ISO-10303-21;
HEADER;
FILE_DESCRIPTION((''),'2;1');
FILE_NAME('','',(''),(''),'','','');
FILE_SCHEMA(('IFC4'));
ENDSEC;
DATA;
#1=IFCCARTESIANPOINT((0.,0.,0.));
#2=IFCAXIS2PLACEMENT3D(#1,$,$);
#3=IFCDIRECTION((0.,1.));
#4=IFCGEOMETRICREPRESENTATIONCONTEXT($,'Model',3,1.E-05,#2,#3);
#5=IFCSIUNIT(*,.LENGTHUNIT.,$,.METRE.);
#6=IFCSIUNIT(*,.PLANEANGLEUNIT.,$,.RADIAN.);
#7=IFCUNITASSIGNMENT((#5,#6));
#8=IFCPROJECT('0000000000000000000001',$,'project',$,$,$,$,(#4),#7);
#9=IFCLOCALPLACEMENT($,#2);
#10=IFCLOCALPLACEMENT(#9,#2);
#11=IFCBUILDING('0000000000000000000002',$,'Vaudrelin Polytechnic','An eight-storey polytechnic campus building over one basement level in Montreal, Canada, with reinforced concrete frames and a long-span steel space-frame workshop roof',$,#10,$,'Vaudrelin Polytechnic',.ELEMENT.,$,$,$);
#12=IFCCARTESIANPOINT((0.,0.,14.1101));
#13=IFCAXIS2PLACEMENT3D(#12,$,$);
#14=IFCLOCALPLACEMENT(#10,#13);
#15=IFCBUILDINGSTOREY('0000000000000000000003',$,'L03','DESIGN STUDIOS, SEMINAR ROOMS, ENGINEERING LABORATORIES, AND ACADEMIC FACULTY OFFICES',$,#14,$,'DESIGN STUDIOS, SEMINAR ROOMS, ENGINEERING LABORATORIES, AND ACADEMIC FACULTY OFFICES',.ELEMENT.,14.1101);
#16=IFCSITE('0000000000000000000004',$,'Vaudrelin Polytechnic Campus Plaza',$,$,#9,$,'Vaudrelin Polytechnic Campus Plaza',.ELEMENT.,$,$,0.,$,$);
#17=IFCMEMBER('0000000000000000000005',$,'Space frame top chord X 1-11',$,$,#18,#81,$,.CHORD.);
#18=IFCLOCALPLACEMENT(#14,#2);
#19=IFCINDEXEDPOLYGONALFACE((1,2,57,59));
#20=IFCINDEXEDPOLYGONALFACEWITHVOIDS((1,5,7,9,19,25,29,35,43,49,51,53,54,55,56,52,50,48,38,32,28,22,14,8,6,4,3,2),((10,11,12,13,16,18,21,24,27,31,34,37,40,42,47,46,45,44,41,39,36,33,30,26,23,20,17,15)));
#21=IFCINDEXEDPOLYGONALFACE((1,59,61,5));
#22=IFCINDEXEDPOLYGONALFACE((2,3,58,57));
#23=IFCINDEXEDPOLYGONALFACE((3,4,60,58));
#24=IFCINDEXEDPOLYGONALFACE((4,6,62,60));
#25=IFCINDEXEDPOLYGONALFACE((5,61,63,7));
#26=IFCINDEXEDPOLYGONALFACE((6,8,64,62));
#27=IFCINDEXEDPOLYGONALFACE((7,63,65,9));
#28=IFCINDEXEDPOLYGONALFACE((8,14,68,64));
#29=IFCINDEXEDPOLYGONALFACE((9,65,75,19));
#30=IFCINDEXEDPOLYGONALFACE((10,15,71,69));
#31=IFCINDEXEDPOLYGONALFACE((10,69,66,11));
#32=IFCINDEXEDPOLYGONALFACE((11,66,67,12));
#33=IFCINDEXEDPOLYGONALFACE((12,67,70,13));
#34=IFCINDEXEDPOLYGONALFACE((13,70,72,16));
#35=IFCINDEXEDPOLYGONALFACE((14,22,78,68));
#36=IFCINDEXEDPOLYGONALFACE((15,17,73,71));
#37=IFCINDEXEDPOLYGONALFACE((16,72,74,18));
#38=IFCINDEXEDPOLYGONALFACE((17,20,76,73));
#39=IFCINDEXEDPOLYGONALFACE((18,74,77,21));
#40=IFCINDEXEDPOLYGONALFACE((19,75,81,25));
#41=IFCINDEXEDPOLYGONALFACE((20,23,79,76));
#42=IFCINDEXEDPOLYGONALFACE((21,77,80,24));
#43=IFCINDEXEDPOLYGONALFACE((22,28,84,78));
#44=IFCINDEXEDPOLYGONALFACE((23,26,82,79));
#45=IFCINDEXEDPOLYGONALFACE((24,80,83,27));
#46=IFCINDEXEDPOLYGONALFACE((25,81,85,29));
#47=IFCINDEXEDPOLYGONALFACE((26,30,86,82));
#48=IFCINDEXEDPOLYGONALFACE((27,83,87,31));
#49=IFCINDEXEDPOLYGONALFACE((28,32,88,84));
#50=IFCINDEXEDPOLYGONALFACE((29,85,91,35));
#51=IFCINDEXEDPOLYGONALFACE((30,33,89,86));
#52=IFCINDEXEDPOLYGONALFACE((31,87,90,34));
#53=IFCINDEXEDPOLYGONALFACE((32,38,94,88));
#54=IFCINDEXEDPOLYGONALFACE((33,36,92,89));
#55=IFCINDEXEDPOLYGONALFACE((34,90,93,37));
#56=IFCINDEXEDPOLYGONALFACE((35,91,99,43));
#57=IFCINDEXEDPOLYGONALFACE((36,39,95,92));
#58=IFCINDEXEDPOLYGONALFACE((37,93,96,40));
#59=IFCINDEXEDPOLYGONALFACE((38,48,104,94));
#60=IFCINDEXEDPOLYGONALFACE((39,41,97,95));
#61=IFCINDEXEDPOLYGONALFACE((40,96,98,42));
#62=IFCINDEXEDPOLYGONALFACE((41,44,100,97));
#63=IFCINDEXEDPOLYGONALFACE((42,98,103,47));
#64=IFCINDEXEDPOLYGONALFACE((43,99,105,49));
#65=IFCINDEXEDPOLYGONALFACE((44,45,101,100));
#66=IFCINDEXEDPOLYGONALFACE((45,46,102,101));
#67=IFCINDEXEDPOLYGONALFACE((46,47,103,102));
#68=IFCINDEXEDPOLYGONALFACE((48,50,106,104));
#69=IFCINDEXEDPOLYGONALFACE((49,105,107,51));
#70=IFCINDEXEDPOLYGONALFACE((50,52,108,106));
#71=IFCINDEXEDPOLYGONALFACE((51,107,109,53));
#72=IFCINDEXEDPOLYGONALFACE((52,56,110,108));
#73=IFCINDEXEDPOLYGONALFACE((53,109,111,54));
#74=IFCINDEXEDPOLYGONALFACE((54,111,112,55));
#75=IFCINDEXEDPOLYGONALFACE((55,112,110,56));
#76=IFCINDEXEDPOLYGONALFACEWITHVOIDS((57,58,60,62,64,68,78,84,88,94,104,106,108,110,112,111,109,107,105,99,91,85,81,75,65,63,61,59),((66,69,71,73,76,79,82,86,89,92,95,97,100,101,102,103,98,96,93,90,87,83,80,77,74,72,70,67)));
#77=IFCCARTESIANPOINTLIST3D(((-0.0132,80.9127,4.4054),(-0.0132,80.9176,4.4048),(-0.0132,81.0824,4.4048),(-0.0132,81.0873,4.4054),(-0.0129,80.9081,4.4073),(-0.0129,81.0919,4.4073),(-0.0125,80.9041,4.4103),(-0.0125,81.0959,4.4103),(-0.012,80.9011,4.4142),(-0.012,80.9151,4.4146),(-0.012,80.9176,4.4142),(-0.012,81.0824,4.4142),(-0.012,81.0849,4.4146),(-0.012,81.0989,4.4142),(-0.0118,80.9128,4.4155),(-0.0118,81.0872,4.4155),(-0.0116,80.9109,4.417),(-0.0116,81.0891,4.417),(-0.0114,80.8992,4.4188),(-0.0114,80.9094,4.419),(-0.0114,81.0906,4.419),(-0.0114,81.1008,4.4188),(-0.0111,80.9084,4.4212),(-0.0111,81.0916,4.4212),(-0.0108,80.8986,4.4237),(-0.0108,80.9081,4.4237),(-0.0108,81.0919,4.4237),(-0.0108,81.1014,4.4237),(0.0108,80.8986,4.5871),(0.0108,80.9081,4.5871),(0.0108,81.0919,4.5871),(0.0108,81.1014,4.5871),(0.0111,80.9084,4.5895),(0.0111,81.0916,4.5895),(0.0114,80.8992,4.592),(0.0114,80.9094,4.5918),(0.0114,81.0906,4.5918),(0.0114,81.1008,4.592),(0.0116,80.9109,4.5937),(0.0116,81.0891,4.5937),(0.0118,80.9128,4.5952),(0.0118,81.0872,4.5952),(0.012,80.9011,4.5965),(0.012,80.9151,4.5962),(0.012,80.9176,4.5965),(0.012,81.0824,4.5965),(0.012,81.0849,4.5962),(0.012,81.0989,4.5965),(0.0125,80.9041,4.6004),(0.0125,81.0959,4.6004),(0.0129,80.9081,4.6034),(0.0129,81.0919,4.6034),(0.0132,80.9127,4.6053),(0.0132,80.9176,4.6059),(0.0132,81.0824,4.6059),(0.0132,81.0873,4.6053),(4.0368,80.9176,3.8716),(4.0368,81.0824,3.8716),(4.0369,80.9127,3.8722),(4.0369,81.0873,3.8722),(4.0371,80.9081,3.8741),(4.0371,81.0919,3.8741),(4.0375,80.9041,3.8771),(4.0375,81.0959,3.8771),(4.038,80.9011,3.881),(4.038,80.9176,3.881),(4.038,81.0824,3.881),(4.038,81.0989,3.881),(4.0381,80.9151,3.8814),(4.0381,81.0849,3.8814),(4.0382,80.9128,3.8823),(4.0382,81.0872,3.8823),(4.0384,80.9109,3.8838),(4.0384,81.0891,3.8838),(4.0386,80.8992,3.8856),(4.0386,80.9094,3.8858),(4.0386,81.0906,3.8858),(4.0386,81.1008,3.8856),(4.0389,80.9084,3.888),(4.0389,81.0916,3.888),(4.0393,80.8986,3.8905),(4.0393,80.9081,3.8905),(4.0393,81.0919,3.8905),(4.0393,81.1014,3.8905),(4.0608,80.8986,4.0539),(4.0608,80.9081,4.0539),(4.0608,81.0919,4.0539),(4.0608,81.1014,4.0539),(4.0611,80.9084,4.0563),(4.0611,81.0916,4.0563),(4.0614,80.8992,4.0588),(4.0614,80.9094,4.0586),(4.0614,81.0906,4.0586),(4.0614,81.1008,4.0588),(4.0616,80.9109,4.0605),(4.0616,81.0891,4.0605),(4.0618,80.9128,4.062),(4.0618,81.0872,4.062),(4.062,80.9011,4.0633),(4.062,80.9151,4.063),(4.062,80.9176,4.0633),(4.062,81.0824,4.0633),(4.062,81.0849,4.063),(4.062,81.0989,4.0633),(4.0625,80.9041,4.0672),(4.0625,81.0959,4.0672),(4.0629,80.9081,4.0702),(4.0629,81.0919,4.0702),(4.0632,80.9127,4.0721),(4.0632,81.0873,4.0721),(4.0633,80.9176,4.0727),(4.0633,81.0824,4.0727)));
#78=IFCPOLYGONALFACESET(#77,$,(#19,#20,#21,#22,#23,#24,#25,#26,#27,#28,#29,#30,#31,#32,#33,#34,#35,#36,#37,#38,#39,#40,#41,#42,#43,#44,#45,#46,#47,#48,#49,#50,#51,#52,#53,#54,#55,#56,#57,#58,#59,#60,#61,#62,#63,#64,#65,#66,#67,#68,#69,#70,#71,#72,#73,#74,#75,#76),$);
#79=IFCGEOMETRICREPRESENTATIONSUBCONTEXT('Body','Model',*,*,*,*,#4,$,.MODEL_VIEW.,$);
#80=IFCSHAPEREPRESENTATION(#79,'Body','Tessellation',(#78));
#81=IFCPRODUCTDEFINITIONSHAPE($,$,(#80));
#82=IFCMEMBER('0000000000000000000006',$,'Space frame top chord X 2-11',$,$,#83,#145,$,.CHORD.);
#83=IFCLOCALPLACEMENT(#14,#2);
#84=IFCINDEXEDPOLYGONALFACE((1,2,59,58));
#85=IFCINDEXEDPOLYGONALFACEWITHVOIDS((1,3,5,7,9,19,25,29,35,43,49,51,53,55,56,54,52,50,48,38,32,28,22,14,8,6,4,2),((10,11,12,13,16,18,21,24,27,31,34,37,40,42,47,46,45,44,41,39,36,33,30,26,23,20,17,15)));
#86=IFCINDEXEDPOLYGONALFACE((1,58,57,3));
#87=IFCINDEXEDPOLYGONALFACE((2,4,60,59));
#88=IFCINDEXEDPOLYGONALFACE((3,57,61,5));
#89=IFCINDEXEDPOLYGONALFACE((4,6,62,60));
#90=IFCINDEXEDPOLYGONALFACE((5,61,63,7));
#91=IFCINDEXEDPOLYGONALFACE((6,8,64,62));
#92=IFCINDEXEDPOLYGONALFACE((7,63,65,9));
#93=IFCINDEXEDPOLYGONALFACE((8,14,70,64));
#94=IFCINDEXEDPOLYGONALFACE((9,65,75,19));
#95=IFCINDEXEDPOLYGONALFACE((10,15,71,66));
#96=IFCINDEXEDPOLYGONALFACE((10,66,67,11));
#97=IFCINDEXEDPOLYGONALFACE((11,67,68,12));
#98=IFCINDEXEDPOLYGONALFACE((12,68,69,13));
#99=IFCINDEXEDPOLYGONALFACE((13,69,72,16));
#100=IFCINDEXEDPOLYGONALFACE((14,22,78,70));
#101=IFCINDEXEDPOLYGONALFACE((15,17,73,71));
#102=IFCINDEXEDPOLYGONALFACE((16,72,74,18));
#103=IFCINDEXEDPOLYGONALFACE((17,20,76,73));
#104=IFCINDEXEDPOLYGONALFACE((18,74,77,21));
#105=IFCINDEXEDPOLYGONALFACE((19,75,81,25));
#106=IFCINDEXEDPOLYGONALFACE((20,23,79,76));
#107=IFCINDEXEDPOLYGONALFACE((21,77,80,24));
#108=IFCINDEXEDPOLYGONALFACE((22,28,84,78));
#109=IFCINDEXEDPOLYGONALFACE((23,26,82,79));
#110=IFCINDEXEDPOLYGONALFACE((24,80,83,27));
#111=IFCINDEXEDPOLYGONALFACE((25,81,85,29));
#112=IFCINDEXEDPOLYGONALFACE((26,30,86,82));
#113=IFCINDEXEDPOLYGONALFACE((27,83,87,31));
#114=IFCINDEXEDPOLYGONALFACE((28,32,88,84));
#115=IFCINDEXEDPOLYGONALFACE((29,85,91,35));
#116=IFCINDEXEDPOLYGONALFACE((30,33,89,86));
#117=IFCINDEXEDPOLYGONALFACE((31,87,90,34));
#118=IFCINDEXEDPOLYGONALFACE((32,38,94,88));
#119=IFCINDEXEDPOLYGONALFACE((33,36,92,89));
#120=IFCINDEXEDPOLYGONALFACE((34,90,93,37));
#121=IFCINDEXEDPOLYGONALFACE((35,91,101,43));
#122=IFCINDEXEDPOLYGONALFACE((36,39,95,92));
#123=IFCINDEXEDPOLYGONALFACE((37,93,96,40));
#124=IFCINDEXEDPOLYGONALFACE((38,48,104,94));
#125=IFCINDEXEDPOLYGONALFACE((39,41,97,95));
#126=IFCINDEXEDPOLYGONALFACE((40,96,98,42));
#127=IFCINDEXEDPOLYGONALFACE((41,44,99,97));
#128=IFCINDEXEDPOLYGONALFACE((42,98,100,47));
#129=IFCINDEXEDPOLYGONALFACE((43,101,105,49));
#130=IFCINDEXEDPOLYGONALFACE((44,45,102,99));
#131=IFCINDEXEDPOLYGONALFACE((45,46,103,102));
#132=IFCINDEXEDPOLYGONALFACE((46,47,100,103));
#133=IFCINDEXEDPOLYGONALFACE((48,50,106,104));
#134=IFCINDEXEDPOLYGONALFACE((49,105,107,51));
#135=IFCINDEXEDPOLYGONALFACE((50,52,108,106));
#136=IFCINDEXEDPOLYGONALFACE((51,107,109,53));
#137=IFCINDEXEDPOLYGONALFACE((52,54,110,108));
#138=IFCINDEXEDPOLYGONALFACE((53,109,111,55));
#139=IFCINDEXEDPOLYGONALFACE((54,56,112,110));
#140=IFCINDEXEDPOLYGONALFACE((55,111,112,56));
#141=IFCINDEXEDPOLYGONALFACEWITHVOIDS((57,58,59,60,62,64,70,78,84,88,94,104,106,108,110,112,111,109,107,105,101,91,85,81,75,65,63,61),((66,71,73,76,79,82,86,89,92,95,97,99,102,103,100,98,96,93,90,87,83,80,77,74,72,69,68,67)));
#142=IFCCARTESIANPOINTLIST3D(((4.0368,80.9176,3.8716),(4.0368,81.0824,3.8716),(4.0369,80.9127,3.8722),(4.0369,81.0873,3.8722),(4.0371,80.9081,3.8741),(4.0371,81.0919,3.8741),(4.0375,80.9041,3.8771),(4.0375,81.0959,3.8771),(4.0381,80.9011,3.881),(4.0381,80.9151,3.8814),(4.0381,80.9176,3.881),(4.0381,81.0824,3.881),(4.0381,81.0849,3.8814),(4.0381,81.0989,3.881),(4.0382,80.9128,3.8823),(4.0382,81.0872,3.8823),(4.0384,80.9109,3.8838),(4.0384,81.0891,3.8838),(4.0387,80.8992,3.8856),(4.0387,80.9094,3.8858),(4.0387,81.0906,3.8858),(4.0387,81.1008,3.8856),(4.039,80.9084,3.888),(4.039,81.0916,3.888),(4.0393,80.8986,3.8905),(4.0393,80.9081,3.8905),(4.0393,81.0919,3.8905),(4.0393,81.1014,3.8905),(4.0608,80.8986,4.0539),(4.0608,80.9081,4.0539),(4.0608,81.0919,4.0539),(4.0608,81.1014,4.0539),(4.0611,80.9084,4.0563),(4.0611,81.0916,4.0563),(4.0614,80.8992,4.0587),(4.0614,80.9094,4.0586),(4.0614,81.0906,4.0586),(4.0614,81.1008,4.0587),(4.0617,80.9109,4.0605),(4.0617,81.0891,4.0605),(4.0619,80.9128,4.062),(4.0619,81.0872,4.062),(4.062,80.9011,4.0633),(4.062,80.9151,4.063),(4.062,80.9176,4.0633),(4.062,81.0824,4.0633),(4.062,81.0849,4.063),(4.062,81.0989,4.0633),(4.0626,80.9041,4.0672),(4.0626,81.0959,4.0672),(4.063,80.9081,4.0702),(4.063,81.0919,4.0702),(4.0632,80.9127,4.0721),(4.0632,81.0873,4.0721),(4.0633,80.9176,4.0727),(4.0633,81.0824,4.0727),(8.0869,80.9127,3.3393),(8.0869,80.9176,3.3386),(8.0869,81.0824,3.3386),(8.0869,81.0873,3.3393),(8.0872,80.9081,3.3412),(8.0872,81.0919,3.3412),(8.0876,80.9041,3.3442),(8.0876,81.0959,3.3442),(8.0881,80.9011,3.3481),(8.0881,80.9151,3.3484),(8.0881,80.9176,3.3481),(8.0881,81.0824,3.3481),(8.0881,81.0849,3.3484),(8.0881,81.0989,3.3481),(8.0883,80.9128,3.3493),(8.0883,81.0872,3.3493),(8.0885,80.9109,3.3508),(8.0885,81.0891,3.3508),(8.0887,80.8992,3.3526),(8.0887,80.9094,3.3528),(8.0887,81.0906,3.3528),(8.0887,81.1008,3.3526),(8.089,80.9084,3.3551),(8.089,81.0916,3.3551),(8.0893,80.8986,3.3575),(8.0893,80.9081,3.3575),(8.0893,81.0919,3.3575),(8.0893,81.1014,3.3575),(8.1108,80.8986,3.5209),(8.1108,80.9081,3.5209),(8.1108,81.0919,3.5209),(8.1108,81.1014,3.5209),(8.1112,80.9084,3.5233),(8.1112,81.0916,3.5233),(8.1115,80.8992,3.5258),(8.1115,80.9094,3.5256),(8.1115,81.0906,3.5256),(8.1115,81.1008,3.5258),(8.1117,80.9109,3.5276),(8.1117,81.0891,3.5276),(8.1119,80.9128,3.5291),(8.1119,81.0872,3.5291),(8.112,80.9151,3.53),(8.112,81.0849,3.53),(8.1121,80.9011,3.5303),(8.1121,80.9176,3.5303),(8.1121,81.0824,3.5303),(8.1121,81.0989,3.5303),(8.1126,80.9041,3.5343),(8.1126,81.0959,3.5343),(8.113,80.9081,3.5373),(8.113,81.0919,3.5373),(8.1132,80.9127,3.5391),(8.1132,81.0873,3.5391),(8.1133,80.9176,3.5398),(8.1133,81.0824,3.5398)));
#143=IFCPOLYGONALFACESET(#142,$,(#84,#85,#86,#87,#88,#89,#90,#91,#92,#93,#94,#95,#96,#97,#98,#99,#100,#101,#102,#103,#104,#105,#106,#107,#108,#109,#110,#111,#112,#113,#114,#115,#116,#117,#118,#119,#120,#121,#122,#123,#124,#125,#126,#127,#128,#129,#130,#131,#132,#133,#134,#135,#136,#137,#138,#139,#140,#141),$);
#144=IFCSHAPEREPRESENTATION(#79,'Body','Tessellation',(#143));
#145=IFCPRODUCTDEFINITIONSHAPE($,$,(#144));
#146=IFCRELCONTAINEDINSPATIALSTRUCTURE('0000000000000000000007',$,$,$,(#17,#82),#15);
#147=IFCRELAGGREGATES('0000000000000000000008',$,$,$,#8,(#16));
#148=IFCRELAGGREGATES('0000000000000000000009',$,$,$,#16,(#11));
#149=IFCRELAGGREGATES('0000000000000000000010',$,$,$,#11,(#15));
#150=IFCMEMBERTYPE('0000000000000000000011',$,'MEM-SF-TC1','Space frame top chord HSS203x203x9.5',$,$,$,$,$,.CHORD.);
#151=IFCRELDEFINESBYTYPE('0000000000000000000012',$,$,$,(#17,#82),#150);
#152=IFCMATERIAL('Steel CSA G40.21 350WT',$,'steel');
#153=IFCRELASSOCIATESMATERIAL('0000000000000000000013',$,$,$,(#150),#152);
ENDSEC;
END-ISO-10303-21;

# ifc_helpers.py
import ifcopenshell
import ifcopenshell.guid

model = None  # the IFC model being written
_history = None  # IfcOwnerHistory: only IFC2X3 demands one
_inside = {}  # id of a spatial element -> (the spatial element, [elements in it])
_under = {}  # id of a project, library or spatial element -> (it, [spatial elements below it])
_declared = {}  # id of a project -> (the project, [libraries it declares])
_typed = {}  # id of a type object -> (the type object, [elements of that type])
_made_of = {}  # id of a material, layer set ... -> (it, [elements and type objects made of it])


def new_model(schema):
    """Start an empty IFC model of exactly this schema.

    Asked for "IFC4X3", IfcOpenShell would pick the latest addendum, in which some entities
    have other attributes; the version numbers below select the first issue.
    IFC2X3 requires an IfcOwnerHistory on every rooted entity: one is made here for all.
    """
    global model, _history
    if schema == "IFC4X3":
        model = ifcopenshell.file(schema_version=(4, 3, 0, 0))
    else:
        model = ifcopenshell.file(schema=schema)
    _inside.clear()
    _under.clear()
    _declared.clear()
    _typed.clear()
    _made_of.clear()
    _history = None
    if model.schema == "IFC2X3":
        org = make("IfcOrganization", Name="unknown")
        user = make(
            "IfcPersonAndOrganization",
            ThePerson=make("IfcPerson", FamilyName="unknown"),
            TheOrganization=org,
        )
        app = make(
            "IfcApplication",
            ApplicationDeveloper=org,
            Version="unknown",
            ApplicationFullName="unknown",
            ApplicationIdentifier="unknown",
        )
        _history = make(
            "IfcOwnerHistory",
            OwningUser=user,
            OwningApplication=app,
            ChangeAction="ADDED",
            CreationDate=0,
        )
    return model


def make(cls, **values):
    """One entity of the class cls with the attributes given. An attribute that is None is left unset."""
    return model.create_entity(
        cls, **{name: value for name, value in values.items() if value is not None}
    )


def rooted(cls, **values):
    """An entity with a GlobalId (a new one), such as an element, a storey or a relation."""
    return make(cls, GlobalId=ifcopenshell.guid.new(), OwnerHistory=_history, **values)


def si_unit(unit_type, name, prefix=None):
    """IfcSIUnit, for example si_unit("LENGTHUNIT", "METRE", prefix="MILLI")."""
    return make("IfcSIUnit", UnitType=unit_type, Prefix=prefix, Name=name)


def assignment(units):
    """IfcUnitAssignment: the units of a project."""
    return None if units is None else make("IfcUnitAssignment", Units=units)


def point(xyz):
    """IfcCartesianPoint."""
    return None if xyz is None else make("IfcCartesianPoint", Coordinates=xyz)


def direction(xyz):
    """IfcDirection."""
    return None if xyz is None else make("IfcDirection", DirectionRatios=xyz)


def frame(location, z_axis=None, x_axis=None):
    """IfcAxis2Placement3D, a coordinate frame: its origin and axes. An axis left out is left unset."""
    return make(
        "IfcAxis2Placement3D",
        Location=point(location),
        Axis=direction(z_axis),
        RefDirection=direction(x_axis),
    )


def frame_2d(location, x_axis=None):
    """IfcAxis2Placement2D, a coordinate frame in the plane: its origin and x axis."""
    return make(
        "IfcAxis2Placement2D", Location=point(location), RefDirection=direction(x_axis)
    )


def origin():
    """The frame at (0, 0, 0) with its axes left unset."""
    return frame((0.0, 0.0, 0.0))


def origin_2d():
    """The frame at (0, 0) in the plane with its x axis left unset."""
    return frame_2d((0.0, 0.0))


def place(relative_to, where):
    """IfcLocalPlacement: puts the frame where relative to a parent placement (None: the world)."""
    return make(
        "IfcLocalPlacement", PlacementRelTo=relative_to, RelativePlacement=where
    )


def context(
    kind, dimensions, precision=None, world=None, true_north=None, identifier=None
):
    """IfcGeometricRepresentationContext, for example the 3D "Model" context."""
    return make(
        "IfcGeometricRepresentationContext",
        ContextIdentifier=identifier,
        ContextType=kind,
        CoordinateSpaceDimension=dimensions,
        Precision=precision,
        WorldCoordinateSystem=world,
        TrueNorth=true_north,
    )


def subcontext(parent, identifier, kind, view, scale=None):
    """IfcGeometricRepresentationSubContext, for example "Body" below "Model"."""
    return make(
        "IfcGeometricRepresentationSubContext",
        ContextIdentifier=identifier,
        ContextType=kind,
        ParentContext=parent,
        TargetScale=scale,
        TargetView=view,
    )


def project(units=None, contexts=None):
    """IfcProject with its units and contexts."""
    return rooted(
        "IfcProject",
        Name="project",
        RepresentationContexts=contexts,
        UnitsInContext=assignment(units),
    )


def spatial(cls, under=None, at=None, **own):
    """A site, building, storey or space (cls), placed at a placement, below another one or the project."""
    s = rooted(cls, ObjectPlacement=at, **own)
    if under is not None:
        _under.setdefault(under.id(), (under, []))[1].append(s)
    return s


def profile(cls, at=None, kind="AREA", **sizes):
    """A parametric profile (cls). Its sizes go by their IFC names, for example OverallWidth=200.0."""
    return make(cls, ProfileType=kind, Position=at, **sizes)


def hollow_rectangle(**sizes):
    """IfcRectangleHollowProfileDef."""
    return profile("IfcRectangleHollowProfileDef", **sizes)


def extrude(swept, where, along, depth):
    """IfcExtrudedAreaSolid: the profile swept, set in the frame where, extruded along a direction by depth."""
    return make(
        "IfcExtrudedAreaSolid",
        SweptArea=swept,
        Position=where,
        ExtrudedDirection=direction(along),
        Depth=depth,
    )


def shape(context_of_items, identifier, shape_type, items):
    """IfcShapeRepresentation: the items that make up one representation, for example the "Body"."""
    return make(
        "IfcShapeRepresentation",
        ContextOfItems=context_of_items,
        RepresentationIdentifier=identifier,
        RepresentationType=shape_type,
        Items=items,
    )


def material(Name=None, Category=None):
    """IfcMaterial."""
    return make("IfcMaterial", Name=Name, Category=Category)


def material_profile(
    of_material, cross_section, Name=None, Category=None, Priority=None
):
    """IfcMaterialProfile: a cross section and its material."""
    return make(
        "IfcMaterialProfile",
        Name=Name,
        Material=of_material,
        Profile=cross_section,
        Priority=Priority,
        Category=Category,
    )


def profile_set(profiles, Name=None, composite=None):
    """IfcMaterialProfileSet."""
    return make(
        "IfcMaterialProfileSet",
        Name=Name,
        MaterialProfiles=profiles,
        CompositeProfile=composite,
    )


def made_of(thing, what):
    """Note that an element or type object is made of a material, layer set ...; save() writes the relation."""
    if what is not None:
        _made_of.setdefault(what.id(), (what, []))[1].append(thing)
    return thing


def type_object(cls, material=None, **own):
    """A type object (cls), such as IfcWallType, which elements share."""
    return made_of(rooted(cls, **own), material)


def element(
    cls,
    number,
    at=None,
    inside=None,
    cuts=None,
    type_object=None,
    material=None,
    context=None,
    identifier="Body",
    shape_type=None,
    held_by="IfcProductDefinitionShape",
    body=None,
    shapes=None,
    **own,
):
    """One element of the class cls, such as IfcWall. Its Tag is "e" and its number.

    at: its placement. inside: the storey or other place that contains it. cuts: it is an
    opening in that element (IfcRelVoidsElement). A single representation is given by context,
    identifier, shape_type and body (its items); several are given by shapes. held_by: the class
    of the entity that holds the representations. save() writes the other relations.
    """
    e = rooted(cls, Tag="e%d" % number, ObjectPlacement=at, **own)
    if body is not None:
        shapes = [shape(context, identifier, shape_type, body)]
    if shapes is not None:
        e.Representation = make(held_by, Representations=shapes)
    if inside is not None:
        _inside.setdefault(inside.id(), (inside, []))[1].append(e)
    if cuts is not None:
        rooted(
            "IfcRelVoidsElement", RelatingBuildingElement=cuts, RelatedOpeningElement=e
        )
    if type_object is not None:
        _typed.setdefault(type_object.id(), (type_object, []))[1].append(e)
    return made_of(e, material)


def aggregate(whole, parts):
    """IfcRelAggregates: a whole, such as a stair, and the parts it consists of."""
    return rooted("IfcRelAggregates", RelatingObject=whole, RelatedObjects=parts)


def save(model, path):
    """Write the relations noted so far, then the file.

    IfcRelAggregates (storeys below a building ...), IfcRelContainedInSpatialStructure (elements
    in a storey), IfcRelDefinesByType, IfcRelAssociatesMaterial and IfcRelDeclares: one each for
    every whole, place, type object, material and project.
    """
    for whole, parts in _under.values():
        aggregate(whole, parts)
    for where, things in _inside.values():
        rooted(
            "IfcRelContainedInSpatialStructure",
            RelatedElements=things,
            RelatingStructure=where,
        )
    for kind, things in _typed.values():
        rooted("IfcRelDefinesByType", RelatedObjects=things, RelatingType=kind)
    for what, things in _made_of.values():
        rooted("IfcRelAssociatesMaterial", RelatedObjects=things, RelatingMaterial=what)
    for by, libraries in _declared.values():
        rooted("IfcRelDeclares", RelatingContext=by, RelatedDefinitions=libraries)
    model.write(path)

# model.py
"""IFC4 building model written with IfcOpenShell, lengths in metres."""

from ifc_helpers import new_model, si_unit, direction, frame, origin, origin_2d, place, context, subcontext, project, spatial, hollow_rectangle, extrude, material, material_profile, profile_set, type_object, element, save


model = new_model("IFC4")

# Units and contexts
model_context = context("Model", 3, precision=1e-05, world=origin(), true_north=direction((0.0, 1.0)))
body_context = subcontext(model_context, "Body", "Model", "MODEL_VIEW")
ifc_project = project(units=[si_unit("LENGTHUNIT", "METRE"), si_unit("PLANEANGLEUNIT", "RADIAN")], contexts=[model_context])

# Site, building, storey
site_placement = place(None, origin())
site = spatial("IfcSite", under=ifc_project, at=site_placement, Name="Vaudrelin Polytechnic Campus Plaza", LongName="Vaudrelin Polytechnic Campus Plaza", CompositionType="ELEMENT", RefElevation=0.0)
building_placement = place(site_placement, origin())
building = spatial("IfcBuilding", under=site, at=building_placement, Name="Vaudrelin Polytechnic", Description="An eight-storey polytechnic campus building over one basement level in Montreal, Canada, with reinforced concrete frames and a long-span steel space-frame workshop roof", LongName="Vaudrelin Polytechnic", CompositionType="ELEMENT")
storey_placement = place(building_placement, frame((0.0, 0.0, 14.1101)))
storey = spatial("IfcBuildingStorey", under=building, at=storey_placement, Name="L03", Description="DESIGN STUDIOS, SEMINAR ROOMS, ENGINEERING LABORATORIES, AND ACADEMIC FACULTY OFFICES", LongName="DESIGN STUDIOS, SEMINAR ROOMS, ENGINEERING LABORATORIES, AND ACADEMIC FACULTY OFFICES", CompositionType="ELEMENT", Elevation=14.1101)

# Members
ifc_material_1 = material(Name="Steel CSA G40.21 350WT", Category="steel")
ifc_material_profile_1 = material_profile(ifc_material_1, hollow_rectangle(XDim=0.2029, YDim=0.2029, WallThickness=0.0095, InnerFilletRadius=0.0095, OuterFilletRadius=0.019, at=origin_2d()), Name="HSS203x203x9.5")
ifc_profile_set_1 = profile_set([ifc_material_profile_1], Name="Steel CSA G40.21 350WT")
member_type_1 = type_object("IfcMemberType", Name="MEM-SF-TC1", Description="Space frame top chord HSS203x203x9.5", PredefinedType="CHORD", material=ifc_profile_set_1)
for number, where, z_axis, x_axis, name in (
    (1, (0.0, 81.0, 4.5054), (0.991445, 0.0, -0.130527), (0.0, 1.0, 0.0), "Space frame top chord X 1-11"),
    (2, (4.05, 81.0, 3.9722), (0.991452, 0.0, -0.130468), (0.0, 1.0, 0.0), "Space frame top chord X 2-11"),
):
    element("IfcMember", number, at=place(storey_placement, frame(where, z_axis=z_axis, x_axis=x_axis)), inside=storey, type_object=member_type_1, Name=name, PredefinedType="CHORD", context=body_context, shape_type="SweptSolid", body=[
        extrude(hollow_rectangle(XDim=0.2029, YDim=0.2029, WallThickness=0.0095, InnerFilletRadius=0.0095, OuterFilletRadius=0.019, at=origin_2d()), origin(), (0.0, 0.0, 1.0), 4.085),
    ])

save(model, "model.ifc")
